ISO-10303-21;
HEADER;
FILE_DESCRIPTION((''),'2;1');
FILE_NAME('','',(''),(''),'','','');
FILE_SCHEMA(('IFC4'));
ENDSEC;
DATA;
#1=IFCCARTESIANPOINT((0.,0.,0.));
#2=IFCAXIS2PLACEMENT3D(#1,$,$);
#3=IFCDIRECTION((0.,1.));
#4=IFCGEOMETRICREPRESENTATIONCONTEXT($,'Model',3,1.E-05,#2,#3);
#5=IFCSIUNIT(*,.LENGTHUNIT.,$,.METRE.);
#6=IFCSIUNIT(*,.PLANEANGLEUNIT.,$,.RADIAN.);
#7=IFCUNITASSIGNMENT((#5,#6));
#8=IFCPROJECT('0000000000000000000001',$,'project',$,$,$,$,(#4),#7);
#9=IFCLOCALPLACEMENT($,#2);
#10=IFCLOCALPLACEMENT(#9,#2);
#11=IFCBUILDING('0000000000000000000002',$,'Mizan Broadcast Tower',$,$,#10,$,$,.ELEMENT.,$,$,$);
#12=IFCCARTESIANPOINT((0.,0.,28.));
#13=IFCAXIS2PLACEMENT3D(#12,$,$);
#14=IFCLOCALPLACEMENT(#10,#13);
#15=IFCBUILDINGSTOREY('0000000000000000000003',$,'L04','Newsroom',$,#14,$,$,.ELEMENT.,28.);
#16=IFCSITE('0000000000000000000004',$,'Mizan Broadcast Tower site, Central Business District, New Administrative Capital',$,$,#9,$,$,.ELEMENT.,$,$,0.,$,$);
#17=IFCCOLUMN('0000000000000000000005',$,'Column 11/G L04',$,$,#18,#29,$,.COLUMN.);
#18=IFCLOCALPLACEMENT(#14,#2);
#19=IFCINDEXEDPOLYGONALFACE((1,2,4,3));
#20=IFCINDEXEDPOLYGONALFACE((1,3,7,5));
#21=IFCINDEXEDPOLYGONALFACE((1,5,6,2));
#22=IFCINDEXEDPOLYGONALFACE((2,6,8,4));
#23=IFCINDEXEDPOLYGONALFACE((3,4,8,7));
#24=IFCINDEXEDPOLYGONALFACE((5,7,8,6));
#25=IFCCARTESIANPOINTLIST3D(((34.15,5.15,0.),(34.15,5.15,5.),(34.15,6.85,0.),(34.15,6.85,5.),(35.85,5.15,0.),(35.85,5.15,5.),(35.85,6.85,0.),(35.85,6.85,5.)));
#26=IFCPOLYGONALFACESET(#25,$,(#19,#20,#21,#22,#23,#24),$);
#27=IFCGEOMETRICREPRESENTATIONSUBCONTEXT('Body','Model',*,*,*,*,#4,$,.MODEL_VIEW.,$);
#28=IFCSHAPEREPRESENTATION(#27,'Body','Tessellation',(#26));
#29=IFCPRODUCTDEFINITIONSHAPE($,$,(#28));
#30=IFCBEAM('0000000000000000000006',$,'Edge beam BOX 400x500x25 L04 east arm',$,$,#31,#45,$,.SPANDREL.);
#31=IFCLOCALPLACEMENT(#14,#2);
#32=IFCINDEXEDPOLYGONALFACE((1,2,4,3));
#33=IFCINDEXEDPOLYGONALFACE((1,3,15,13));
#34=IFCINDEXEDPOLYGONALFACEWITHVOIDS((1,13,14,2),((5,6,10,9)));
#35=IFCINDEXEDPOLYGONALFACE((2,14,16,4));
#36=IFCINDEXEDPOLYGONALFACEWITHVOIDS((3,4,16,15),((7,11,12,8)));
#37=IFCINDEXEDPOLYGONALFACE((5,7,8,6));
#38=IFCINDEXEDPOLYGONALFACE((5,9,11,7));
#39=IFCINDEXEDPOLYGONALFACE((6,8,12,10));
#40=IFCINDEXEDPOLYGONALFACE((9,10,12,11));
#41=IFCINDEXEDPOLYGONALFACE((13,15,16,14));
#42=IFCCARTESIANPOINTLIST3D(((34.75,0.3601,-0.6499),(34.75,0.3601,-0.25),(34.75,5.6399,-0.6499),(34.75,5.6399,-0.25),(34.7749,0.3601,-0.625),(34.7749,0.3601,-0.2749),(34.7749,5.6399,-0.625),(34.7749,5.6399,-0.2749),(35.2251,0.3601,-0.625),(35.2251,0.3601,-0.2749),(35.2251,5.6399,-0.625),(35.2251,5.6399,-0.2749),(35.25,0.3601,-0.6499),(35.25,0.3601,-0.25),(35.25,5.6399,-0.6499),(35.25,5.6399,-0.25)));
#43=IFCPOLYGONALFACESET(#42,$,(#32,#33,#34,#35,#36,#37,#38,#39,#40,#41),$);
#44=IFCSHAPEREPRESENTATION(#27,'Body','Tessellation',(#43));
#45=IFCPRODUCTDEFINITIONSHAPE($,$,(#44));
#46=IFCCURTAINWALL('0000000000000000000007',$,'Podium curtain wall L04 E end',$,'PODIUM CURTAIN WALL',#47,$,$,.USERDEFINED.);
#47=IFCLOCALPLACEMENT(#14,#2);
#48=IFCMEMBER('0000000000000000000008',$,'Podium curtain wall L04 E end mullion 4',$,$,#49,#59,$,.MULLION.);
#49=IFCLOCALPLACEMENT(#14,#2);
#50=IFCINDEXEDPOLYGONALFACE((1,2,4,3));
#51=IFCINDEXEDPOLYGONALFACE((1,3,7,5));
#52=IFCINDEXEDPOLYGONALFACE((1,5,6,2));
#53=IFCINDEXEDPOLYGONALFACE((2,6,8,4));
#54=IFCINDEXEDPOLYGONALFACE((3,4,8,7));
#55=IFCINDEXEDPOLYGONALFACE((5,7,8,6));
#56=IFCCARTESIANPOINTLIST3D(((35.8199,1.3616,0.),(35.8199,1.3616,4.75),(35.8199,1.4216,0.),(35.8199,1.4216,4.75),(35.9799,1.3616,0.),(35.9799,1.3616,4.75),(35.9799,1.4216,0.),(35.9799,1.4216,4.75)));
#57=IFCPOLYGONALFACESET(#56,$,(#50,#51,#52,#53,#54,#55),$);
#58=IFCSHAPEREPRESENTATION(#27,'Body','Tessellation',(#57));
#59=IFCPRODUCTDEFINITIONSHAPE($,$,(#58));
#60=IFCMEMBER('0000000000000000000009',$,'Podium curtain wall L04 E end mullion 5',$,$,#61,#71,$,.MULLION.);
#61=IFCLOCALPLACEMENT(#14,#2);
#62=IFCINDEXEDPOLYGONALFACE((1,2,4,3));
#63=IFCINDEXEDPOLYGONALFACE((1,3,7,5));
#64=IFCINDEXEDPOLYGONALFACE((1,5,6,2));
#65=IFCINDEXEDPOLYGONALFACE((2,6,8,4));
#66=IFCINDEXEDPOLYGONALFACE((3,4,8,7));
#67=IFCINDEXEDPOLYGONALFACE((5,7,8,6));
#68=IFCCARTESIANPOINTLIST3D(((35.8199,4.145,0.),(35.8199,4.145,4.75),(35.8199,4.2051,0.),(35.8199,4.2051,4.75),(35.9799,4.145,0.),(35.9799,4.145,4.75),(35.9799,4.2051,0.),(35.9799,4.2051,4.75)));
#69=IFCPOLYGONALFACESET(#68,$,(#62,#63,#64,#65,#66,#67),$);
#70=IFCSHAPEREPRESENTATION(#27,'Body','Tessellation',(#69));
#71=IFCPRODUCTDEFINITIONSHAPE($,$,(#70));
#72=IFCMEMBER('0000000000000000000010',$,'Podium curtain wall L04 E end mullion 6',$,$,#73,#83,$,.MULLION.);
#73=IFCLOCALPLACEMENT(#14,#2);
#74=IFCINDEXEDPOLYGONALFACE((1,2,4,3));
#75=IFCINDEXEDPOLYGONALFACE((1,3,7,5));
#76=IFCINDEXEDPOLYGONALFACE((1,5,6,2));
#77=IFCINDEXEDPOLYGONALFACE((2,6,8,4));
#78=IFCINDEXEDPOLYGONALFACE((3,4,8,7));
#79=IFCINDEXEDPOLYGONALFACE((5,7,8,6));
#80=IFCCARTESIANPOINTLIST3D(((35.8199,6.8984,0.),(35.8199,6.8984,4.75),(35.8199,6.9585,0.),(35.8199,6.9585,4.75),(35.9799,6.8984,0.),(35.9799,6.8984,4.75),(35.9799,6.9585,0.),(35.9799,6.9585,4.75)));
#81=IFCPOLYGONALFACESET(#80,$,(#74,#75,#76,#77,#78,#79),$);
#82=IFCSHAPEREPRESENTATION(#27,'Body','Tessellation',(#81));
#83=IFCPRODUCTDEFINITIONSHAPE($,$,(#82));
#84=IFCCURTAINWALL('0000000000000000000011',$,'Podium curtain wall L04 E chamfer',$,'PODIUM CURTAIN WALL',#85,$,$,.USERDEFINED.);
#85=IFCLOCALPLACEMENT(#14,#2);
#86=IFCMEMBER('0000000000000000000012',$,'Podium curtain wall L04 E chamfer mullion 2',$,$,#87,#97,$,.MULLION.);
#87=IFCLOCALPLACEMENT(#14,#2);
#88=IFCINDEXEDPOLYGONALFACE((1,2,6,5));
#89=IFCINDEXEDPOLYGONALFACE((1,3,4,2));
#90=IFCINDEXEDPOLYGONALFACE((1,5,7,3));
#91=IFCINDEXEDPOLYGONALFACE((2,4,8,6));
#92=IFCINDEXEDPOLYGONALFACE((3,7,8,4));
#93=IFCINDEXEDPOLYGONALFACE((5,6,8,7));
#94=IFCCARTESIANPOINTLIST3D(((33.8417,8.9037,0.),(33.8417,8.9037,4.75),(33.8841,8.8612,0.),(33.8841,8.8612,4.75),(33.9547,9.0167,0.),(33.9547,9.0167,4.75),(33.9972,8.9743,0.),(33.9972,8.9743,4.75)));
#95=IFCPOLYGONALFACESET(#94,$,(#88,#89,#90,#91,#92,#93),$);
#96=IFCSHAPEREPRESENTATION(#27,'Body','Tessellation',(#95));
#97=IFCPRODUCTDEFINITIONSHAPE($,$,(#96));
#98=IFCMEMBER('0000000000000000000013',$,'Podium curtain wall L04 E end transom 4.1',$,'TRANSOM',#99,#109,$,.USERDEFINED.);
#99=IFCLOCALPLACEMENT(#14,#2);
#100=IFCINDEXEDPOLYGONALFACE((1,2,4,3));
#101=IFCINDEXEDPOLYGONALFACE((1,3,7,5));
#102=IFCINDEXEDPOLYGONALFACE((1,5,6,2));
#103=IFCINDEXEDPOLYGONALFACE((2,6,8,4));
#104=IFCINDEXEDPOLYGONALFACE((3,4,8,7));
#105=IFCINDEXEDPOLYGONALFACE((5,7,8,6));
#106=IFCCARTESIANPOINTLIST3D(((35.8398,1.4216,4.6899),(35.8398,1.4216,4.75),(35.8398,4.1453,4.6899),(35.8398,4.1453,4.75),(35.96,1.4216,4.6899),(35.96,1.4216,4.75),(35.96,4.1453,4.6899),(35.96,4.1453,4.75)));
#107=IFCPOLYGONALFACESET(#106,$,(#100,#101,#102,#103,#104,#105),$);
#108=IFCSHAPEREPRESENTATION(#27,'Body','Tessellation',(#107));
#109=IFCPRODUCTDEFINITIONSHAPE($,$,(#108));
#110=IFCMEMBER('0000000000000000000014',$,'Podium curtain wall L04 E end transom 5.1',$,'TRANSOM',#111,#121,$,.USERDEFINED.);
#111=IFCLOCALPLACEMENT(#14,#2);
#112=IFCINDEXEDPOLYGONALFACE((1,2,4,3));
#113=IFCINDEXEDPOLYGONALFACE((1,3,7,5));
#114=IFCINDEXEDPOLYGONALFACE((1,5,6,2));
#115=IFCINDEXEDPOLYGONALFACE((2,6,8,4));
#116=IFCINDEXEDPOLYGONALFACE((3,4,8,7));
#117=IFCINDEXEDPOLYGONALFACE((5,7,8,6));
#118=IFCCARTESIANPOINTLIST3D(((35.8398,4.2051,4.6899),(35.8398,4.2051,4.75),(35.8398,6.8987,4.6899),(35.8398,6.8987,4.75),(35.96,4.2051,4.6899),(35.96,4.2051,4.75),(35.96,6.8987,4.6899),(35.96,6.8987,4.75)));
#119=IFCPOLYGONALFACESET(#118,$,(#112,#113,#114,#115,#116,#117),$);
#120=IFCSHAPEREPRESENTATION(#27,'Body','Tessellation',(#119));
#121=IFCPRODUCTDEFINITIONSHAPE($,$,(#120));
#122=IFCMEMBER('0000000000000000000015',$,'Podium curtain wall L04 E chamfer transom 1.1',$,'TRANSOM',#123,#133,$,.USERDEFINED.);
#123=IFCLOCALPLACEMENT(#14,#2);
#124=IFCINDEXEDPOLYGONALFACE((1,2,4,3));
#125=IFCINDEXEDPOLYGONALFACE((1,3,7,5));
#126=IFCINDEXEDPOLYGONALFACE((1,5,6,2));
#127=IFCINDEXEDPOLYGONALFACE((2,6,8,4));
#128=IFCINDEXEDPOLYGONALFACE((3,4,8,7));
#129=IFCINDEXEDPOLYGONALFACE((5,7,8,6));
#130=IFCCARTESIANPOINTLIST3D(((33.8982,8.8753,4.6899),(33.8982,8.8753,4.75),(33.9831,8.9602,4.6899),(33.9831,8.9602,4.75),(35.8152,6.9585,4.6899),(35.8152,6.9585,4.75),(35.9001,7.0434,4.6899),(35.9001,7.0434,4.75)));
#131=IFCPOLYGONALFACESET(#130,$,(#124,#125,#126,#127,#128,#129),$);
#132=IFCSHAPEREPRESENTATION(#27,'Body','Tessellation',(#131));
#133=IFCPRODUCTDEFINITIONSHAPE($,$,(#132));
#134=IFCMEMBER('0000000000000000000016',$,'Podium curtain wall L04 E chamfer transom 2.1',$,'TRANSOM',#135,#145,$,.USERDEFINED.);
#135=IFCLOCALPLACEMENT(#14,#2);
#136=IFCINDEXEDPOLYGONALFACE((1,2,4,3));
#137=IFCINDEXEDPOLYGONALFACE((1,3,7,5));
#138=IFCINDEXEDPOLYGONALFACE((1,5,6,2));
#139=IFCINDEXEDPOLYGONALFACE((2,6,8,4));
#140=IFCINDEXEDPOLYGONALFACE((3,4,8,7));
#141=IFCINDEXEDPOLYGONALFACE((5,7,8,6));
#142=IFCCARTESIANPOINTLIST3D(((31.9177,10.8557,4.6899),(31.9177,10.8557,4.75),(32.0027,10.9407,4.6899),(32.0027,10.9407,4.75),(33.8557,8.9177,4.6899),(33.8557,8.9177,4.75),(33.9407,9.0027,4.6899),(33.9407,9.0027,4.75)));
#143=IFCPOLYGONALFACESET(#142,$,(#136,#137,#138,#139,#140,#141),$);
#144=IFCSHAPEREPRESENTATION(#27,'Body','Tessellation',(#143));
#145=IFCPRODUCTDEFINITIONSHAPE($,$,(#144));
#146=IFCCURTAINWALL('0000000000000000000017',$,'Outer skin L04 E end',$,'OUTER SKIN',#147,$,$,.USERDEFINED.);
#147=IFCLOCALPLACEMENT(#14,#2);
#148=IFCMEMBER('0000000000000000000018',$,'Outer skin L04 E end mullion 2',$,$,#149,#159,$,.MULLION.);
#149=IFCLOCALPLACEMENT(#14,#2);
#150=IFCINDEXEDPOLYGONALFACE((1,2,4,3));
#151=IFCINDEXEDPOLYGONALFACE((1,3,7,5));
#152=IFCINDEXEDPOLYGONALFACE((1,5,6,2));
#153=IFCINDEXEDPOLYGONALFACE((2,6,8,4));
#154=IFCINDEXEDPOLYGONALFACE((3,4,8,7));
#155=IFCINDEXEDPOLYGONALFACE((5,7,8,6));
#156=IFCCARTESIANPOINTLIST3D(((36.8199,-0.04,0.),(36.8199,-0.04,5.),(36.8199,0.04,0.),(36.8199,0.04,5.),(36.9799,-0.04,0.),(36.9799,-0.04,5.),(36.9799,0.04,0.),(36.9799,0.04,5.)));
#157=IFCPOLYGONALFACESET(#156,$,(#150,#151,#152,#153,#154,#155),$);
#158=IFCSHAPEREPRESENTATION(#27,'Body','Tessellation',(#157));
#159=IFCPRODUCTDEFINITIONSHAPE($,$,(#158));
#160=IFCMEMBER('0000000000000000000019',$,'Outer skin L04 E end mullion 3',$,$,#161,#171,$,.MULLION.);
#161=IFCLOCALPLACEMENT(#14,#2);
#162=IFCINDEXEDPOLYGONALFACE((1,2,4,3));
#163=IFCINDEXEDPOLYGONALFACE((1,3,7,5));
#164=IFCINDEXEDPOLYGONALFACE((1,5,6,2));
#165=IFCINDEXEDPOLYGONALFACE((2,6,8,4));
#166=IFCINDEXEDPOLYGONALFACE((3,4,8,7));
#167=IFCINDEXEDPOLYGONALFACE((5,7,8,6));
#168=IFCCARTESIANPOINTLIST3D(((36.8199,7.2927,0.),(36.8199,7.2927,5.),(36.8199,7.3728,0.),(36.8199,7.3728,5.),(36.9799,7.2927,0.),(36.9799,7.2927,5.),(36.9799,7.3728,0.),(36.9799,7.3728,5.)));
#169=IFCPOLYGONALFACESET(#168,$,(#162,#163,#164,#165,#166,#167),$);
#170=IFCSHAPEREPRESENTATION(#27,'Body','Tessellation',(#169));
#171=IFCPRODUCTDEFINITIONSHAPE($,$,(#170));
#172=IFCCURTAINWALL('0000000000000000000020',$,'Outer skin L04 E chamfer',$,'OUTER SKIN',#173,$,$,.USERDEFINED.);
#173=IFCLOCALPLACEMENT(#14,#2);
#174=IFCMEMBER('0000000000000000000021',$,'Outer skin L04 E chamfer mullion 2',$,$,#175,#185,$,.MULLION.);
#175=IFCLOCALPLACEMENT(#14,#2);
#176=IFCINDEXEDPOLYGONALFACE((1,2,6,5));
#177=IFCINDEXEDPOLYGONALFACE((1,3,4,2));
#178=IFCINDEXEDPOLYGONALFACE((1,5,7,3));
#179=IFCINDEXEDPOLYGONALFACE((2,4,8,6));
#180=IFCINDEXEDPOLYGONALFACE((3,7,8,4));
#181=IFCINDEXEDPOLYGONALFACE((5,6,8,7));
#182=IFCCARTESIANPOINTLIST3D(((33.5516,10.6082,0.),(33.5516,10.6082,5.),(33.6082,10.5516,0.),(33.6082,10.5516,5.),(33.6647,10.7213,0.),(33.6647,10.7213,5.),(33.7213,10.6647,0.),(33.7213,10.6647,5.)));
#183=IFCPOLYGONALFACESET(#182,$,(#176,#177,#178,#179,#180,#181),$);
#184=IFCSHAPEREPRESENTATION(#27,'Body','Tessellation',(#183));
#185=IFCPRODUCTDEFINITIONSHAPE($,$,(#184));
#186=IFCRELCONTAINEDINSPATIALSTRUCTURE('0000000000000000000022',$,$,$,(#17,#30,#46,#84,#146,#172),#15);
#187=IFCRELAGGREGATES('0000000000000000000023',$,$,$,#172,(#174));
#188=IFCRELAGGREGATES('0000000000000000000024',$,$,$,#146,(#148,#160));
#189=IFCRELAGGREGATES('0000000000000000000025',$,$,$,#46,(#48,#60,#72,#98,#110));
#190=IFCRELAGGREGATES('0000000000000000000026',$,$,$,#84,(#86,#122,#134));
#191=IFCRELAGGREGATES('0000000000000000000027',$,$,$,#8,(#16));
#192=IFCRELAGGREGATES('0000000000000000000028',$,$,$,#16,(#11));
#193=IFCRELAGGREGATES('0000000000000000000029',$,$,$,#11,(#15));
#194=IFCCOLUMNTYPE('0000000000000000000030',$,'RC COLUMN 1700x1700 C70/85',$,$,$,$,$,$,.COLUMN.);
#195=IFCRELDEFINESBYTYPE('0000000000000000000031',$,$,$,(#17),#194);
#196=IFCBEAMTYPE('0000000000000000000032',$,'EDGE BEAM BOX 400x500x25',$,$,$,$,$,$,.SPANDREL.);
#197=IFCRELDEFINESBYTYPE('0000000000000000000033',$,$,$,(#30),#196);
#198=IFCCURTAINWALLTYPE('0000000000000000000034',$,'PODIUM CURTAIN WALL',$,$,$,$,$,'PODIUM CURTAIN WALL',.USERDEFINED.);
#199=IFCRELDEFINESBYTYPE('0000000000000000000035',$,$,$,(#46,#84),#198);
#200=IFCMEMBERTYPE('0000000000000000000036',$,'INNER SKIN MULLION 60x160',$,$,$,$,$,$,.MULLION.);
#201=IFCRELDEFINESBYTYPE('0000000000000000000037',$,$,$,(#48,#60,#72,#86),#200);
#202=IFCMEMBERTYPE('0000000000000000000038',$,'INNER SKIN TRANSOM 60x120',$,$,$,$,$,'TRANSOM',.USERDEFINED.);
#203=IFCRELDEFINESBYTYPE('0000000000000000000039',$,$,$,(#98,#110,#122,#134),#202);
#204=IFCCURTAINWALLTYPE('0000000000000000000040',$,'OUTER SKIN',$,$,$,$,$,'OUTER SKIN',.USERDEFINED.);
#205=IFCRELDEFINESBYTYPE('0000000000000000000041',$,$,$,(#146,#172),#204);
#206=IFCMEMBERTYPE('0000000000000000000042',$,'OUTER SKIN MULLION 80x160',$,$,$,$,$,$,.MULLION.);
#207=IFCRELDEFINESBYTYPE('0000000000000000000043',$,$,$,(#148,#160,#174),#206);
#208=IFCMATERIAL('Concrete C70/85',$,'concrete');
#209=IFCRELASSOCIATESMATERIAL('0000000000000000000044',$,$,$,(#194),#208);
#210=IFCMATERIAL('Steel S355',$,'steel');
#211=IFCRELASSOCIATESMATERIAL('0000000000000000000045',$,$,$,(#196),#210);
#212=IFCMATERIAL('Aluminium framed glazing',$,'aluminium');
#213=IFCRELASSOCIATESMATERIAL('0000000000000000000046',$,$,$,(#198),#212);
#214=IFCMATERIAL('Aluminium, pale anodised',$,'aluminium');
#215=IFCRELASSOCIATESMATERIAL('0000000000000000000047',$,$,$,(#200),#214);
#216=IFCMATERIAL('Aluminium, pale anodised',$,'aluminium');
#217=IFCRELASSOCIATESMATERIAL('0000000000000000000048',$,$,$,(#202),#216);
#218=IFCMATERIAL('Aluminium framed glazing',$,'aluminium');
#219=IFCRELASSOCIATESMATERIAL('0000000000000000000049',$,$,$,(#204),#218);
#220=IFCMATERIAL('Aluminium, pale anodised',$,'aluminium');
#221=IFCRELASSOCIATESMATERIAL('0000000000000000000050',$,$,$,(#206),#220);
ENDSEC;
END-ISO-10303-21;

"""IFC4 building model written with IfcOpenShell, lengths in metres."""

from ifc_helpers import new_model, si_unit, direction, frame, origin, origin_2d, place, context, subcontext, project, spatial, rectangle, hollow_rectangle, extrude, material, material_profile, profile_set, type_object, element, aggregate, save


model = new_model("IFC4")

# Units and contexts
model_context = context("Model", 3, precision=1e-05, world=origin(), true_north=direction((0.0, 1.0)))
body_context = subcontext(model_context, "Body", "Model", "MODEL_VIEW")
ifc_project = project(units=[si_unit("LENGTHUNIT", "METRE"), si_unit("PLANEANGLEUNIT", "RADIAN")], contexts=[model_context])

# Site, building, storey
site_placement = place(None, origin())
site = spatial("IfcSite", under=ifc_project, at=site_placement, Name="Mizan Broadcast Tower site, Central Business District, New Administrative Capital", CompositionType="ELEMENT", RefElevation=0.0)
building_placement = place(site_placement, origin())
building = spatial("IfcBuilding", under=site, at=building_placement, Name="Mizan Broadcast Tower", CompositionType="ELEMENT")
storey_placement = place(building_placement, frame((0.0, 0.0, 28.0)))
storey = spatial("IfcBuildingStorey", under=building, at=storey_placement, Name="L04", Description="Newsroom", CompositionType="ELEMENT", Elevation=28.0)

# Column
ifc_material_1 = material(Name="Concrete C70/85", Category="concrete")
ifc_material_profile_1 = material_profile(ifc_material_1, rectangle(XDim=1.7, YDim=1.7, at=origin_2d()), Name="RC 1700x1700")
ifc_profile_set_1 = profile_set([ifc_material_profile_1], Name="Concrete C70/85")
column_type = type_object("IfcColumnType", Name="RC COLUMN 1700x1700 C70/85", PredefinedType="COLUMN", material=ifc_profile_set_1)
column_placement = place(storey_placement, frame((35.0, 6.0, 0.0), z_axis=(0.0, 0.0, 1.0), x_axis=(1.0, 0.0, 0.0)))
element("IfcColumn", 1, at=column_placement, inside=storey, type_object=column_type, Name="Column 11/G L04", PredefinedType="COLUMN", context=body_context, shape_type="SweptSolid", body=[
    extrude(rectangle(XDim=1.7, YDim=1.7, at=origin_2d()), origin(), (0.0, 0.0, 1.0), 5.0),
])

# Beam
ifc_material_2 = material(Name="Steel S355", Category="steel")
ifc_material_profile_2 = material_profile(ifc_material_2, hollow_rectangle(XDim=0.5, YDim=0.3999, WallThickness=0.0249, at=origin_2d()), Name="BOX 400x500x25")
ifc_profile_set_2 = profile_set([ifc_material_profile_2], Name="Steel S355")
beam_type = type_object("IfcBeamType", Name="EDGE BEAM BOX 400x500x25", PredefinedType="SPANDREL", material=ifc_profile_set_2)
beam_placement = place(storey_placement, frame((35.0, 5.6399, -0.45), z_axis=(0.0, -1.0, 0.0), x_axis=(1.0, 0.0, 0.0)))
element("IfcBeam", 2, at=beam_placement, inside=storey, type_object=beam_type, Name="Edge beam BOX 400x500x25 L04 east arm", PredefinedType="SPANDREL", context=body_context, shape_type="SweptSolid", body=[
    extrude(hollow_rectangle(XDim=0.5, YDim=0.3999, WallThickness=0.0249, at=origin_2d()), origin(), (0.0, 0.0, 1.0), 5.2798),
])

# Curtain wall, members
ifc_material_3 = material(Name="Aluminium framed glazing", Category="aluminium")
curtain_wall_type_1 = type_object("IfcCurtainWallType", Name="PODIUM CURTAIN WALL", ElementType="PODIUM CURTAIN WALL", PredefinedType="USERDEFINED", material=ifc_material_3)
curtain_wall_1_placement = place(storey_placement, origin())
curtain_wall_1 = element("IfcCurtainWall", 3, at=curtain_wall_1_placement, inside=storey, type_object=curtain_wall_type_1, Name="Podium curtain wall L04 E end", ObjectType="PODIUM CURTAIN WALL", PredefinedType="USERDEFINED")
ifc_material_4 = material(Name="Aluminium, pale anodised", Category="aluminium")
ifc_material_profile_3 = material_profile(ifc_material_4, rectangle(XDim=0.1599, YDim=0.0601, at=origin_2d()), Name="MULLION 160x60")
ifc_profile_set_3 = profile_set([ifc_material_profile_3], Name="Aluminium, pale anodised")
member_type_1 = type_object("IfcMemberType", Name="INNER SKIN MULLION 60x160", PredefinedType="MULLION", material=ifc_profile_set_3)
member_1_placement = place(storey_placement, frame((35.8999, 1.3916, 0.0), z_axis=(0.0, 0.0, 1.0), x_axis=(-1.0, 0.0, 0.0)))
member_1 = element("IfcMember", 4, at=member_1_placement, type_object=member_type_1, Name="Podium curtain wall L04 E end mullion 4", PredefinedType="MULLION", context=body_context, shape_type="SweptSolid", body=[
    extrude(rectangle(XDim=0.1599, YDim=0.0601, at=origin_2d()), origin(), (0.0, 0.0, 1.0), 4.75),
])
member_2_placement = place(storey_placement, frame((35.8999, 4.175, 0.0), z_axis=(0.0, 0.0, 1.0), x_axis=(-1.0, 0.0, 0.0)))
member_2 = element("IfcMember", 5, at=member_2_placement, type_object=member_type_1, Name="Podium curtain wall L04 E end mullion 5", PredefinedType="MULLION", context=body_context, shape_type="SweptSolid", body=[
    extrude(rectangle(XDim=0.1599, YDim=0.0601, at=origin_2d()), origin(), (0.0, 0.0, 1.0), 4.75),
])
member_3_placement = place(storey_placement, frame((35.8999, 6.9285, 0.0), z_axis=(0.0, 0.0, 1.0), x_axis=(-1.0, 0.0, 0.0)))
member_3 = element("IfcMember", 6, at=member_3_placement, type_object=member_type_1, Name="Podium curtain wall L04 E end mullion 6", PredefinedType="MULLION", context=body_context, shape_type="SweptSolid", body=[
    extrude(rectangle(XDim=0.1599, YDim=0.0601, at=origin_2d()), origin(), (0.0, 0.0, 1.0), 4.75),
])

# Curtain wall, member
curtain_wall_2_placement = place(storey_placement, origin())
curtain_wall_2 = element("IfcCurtainWall", 7, at=curtain_wall_2_placement, inside=storey, type_object=curtain_wall_type_1, Name="Podium curtain wall L04 E chamfer", ObjectType="PODIUM CURTAIN WALL", PredefinedType="USERDEFINED")
member_4_placement = place(storey_placement, frame((33.9194, 8.939, 0.0), z_axis=(0.0, 0.0, 1.0), x_axis=(-0.707107, -0.707107, 0.0)))
member_4 = element("IfcMember", 8, at=member_4_placement, type_object=member_type_1, Name="Podium curtain wall L04 E chamfer mullion 2", PredefinedType="MULLION", context=body_context, shape_type="SweptSolid", body=[
    extrude(rectangle(XDim=0.1599, YDim=0.0601, at=origin_2d()), origin(), (0.0, 0.0, 1.0), 4.75),
])

# Members
ifc_material_5 = material(Name="Aluminium, pale anodised", Category="aluminium")
ifc_material_profile_4 = material_profile(ifc_material_5, rectangle(XDim=0.1201, YDim=0.0601, at=origin_2d()), Name="TRANSOM 120x60")
ifc_profile_set_4 = profile_set([ifc_material_profile_4], Name="Aluminium, pale anodised")
member_type_2 = type_object("IfcMemberType", Name="INNER SKIN TRANSOM 60x120", ElementType="TRANSOM", PredefinedType="USERDEFINED", material=ifc_profile_set_4)
member_5_placement = place(storey_placement, frame((35.8999, 1.4216, 4.72), z_axis=(0.0, 1.0, 0.0), x_axis=(-1.0, 0.0, 0.0)))
member_5 = element("IfcMember", 9, at=member_5_placement, type_object=member_type_2, Name="Podium curtain wall L04 E end transom 4.1", ObjectType="TRANSOM", PredefinedType="USERDEFINED", context=body_context, shape_type="SweptSolid", body=[
    extrude(rectangle(XDim=0.1201, YDim=0.0601, at=origin_2d()), origin(), (0.0, 0.0, 1.0), 2.7236),
])
member_6_placement = place(storey_placement, frame((35.8999, 4.2051, 4.72), z_axis=(0.0, 1.0, 0.0), x_axis=(-1.0, 0.0, 0.0)))
member_6 = element("IfcMember", 10, at=member_6_placement, type_object=member_type_2, Name="Podium curtain wall L04 E end transom 5.1", ObjectType="TRANSOM", PredefinedType="USERDEFINED", context=body_context, shape_type="SweptSolid", body=[
    extrude(rectangle(XDim=0.1201, YDim=0.0601, at=origin_2d()), origin(), (0.0, 0.0, 1.0), 2.6936),
])
member_7_placement = place(storey_placement, frame((35.8577, 7.001, 4.72), z_axis=(-0.707152, 0.707062, 0.0), x_axis=(-0.707062, -0.707152, 0.0)))
member_7 = element("IfcMember", 11, at=member_7_placement, type_object=member_type_2, Name="Podium curtain wall L04 E chamfer transom 1.1", ObjectType="TRANSOM", PredefinedType="USERDEFINED", context=body_context, shape_type="SweptSolid", body=[
    extrude(rectangle(XDim=0.1201, YDim=0.0601, at=origin_2d()), origin(), (0.0, 0.0, 1.0), 2.7109),
])
member_8_placement = place(storey_placement, frame((33.8982, 8.9602, 4.72), z_axis=(-0.707107, 0.707107, 0.0), x_axis=(-0.707107, -0.707107, 0.0)))
member_8 = element("IfcMember", 12, at=member_8_placement, type_object=member_type_2, Name="Podium curtain wall L04 E chamfer transom 2.1", ObjectType="TRANSOM", PredefinedType="USERDEFINED", context=body_context, shape_type="SweptSolid", body=[
    extrude(rectangle(XDim=0.1201, YDim=0.0601, at=origin_2d()), origin(), (0.0, 0.0, 1.0), 2.7407),
])

# Curtain wall, members
ifc_material_6 = material(Name="Aluminium framed glazing", Category="aluminium")
curtain_wall_type_2 = type_object("IfcCurtainWallType", Name="OUTER SKIN", ElementType="OUTER SKIN", PredefinedType="USERDEFINED", material=ifc_material_6)
curtain_wall_3_placement = place(storey_placement, origin())
curtain_wall_3 = element("IfcCurtainWall", 13, at=curtain_wall_3_placement, inside=storey, type_object=curtain_wall_type_2, Name="Outer skin L04 E end", ObjectType="OUTER SKIN", PredefinedType="USERDEFINED")
ifc_material_7 = material(Name="Aluminium, pale anodised", Category="aluminium")
ifc_material_profile_5 = material_profile(ifc_material_7, rectangle(XDim=0.1599, YDim=0.0801, at=origin_2d()), Name="MULLION 160x80")
ifc_profile_set_5 = profile_set([ifc_material_profile_5], Name="Aluminium, pale anodised")
member_type_3 = type_object("IfcMemberType", Name="OUTER SKIN MULLION 80x160", PredefinedType="MULLION", material=ifc_profile_set_5)
member_9_placement = place(storey_placement, frame((36.8999, 0.0, 0.0), z_axis=(0.0, 0.0, 1.0), x_axis=(-1.0, 0.0, 0.0)))
member_9 = element("IfcMember", 14, at=member_9_placement, type_object=member_type_3, Name="Outer skin L04 E end mullion 2", PredefinedType="MULLION", context=body_context, shape_type="SweptSolid", body=[
    extrude(rectangle(XDim=0.1599, YDim=0.0801, at=origin_2d()), origin(), (0.0, 0.0, 1.0), 5.0),
])
member_10_placement = place(storey_placement, frame((36.8999, 7.3328, 0.0), z_axis=(0.0, 0.0, 1.0), x_axis=(-1.0, 0.0, 0.0)))
member_10 = element("IfcMember", 15, at=member_10_placement, type_object=member_type_3, Name="Outer skin L04 E end mullion 3", PredefinedType="MULLION", context=body_context, shape_type="SweptSolid", body=[
    extrude(rectangle(XDim=0.1599, YDim=0.0801, at=origin_2d()), origin(), (0.0, 0.0, 1.0), 5.0),
])

# Curtain wall, member
curtain_wall_4_placement = place(storey_placement, origin())
curtain_wall_4 = element("IfcCurtainWall", 16, at=curtain_wall_4_placement, inside=storey, type_object=curtain_wall_type_2, Name="Outer skin L04 E chamfer", ObjectType="OUTER SKIN", PredefinedType="USERDEFINED")
member_11_placement = place(storey_placement, frame((33.6365, 10.6365, 0.0), z_axis=(0.0, 0.0, 1.0), x_axis=(-0.707107, -0.707107, 0.0)))
member_11 = element("IfcMember", 17, at=member_11_placement, type_object=member_type_3, Name="Outer skin L04 E chamfer mullion 2", PredefinedType="MULLION", context=body_context, shape_type="SweptSolid", body=[
    extrude(rectangle(XDim=0.1599, YDim=0.0801, at=origin_2d()), origin(), (0.0, 0.0, 1.0), 5.0),
])

aggregate(curtain_wall_4, [member_11])
aggregate(curtain_wall_3, [member_9, member_10])
aggregate(curtain_wall_1, [member_1, member_2, member_3, member_5, member_6])
aggregate(curtain_wall_2, [member_4, member_7, member_8])

save(model, "model.ifc")
